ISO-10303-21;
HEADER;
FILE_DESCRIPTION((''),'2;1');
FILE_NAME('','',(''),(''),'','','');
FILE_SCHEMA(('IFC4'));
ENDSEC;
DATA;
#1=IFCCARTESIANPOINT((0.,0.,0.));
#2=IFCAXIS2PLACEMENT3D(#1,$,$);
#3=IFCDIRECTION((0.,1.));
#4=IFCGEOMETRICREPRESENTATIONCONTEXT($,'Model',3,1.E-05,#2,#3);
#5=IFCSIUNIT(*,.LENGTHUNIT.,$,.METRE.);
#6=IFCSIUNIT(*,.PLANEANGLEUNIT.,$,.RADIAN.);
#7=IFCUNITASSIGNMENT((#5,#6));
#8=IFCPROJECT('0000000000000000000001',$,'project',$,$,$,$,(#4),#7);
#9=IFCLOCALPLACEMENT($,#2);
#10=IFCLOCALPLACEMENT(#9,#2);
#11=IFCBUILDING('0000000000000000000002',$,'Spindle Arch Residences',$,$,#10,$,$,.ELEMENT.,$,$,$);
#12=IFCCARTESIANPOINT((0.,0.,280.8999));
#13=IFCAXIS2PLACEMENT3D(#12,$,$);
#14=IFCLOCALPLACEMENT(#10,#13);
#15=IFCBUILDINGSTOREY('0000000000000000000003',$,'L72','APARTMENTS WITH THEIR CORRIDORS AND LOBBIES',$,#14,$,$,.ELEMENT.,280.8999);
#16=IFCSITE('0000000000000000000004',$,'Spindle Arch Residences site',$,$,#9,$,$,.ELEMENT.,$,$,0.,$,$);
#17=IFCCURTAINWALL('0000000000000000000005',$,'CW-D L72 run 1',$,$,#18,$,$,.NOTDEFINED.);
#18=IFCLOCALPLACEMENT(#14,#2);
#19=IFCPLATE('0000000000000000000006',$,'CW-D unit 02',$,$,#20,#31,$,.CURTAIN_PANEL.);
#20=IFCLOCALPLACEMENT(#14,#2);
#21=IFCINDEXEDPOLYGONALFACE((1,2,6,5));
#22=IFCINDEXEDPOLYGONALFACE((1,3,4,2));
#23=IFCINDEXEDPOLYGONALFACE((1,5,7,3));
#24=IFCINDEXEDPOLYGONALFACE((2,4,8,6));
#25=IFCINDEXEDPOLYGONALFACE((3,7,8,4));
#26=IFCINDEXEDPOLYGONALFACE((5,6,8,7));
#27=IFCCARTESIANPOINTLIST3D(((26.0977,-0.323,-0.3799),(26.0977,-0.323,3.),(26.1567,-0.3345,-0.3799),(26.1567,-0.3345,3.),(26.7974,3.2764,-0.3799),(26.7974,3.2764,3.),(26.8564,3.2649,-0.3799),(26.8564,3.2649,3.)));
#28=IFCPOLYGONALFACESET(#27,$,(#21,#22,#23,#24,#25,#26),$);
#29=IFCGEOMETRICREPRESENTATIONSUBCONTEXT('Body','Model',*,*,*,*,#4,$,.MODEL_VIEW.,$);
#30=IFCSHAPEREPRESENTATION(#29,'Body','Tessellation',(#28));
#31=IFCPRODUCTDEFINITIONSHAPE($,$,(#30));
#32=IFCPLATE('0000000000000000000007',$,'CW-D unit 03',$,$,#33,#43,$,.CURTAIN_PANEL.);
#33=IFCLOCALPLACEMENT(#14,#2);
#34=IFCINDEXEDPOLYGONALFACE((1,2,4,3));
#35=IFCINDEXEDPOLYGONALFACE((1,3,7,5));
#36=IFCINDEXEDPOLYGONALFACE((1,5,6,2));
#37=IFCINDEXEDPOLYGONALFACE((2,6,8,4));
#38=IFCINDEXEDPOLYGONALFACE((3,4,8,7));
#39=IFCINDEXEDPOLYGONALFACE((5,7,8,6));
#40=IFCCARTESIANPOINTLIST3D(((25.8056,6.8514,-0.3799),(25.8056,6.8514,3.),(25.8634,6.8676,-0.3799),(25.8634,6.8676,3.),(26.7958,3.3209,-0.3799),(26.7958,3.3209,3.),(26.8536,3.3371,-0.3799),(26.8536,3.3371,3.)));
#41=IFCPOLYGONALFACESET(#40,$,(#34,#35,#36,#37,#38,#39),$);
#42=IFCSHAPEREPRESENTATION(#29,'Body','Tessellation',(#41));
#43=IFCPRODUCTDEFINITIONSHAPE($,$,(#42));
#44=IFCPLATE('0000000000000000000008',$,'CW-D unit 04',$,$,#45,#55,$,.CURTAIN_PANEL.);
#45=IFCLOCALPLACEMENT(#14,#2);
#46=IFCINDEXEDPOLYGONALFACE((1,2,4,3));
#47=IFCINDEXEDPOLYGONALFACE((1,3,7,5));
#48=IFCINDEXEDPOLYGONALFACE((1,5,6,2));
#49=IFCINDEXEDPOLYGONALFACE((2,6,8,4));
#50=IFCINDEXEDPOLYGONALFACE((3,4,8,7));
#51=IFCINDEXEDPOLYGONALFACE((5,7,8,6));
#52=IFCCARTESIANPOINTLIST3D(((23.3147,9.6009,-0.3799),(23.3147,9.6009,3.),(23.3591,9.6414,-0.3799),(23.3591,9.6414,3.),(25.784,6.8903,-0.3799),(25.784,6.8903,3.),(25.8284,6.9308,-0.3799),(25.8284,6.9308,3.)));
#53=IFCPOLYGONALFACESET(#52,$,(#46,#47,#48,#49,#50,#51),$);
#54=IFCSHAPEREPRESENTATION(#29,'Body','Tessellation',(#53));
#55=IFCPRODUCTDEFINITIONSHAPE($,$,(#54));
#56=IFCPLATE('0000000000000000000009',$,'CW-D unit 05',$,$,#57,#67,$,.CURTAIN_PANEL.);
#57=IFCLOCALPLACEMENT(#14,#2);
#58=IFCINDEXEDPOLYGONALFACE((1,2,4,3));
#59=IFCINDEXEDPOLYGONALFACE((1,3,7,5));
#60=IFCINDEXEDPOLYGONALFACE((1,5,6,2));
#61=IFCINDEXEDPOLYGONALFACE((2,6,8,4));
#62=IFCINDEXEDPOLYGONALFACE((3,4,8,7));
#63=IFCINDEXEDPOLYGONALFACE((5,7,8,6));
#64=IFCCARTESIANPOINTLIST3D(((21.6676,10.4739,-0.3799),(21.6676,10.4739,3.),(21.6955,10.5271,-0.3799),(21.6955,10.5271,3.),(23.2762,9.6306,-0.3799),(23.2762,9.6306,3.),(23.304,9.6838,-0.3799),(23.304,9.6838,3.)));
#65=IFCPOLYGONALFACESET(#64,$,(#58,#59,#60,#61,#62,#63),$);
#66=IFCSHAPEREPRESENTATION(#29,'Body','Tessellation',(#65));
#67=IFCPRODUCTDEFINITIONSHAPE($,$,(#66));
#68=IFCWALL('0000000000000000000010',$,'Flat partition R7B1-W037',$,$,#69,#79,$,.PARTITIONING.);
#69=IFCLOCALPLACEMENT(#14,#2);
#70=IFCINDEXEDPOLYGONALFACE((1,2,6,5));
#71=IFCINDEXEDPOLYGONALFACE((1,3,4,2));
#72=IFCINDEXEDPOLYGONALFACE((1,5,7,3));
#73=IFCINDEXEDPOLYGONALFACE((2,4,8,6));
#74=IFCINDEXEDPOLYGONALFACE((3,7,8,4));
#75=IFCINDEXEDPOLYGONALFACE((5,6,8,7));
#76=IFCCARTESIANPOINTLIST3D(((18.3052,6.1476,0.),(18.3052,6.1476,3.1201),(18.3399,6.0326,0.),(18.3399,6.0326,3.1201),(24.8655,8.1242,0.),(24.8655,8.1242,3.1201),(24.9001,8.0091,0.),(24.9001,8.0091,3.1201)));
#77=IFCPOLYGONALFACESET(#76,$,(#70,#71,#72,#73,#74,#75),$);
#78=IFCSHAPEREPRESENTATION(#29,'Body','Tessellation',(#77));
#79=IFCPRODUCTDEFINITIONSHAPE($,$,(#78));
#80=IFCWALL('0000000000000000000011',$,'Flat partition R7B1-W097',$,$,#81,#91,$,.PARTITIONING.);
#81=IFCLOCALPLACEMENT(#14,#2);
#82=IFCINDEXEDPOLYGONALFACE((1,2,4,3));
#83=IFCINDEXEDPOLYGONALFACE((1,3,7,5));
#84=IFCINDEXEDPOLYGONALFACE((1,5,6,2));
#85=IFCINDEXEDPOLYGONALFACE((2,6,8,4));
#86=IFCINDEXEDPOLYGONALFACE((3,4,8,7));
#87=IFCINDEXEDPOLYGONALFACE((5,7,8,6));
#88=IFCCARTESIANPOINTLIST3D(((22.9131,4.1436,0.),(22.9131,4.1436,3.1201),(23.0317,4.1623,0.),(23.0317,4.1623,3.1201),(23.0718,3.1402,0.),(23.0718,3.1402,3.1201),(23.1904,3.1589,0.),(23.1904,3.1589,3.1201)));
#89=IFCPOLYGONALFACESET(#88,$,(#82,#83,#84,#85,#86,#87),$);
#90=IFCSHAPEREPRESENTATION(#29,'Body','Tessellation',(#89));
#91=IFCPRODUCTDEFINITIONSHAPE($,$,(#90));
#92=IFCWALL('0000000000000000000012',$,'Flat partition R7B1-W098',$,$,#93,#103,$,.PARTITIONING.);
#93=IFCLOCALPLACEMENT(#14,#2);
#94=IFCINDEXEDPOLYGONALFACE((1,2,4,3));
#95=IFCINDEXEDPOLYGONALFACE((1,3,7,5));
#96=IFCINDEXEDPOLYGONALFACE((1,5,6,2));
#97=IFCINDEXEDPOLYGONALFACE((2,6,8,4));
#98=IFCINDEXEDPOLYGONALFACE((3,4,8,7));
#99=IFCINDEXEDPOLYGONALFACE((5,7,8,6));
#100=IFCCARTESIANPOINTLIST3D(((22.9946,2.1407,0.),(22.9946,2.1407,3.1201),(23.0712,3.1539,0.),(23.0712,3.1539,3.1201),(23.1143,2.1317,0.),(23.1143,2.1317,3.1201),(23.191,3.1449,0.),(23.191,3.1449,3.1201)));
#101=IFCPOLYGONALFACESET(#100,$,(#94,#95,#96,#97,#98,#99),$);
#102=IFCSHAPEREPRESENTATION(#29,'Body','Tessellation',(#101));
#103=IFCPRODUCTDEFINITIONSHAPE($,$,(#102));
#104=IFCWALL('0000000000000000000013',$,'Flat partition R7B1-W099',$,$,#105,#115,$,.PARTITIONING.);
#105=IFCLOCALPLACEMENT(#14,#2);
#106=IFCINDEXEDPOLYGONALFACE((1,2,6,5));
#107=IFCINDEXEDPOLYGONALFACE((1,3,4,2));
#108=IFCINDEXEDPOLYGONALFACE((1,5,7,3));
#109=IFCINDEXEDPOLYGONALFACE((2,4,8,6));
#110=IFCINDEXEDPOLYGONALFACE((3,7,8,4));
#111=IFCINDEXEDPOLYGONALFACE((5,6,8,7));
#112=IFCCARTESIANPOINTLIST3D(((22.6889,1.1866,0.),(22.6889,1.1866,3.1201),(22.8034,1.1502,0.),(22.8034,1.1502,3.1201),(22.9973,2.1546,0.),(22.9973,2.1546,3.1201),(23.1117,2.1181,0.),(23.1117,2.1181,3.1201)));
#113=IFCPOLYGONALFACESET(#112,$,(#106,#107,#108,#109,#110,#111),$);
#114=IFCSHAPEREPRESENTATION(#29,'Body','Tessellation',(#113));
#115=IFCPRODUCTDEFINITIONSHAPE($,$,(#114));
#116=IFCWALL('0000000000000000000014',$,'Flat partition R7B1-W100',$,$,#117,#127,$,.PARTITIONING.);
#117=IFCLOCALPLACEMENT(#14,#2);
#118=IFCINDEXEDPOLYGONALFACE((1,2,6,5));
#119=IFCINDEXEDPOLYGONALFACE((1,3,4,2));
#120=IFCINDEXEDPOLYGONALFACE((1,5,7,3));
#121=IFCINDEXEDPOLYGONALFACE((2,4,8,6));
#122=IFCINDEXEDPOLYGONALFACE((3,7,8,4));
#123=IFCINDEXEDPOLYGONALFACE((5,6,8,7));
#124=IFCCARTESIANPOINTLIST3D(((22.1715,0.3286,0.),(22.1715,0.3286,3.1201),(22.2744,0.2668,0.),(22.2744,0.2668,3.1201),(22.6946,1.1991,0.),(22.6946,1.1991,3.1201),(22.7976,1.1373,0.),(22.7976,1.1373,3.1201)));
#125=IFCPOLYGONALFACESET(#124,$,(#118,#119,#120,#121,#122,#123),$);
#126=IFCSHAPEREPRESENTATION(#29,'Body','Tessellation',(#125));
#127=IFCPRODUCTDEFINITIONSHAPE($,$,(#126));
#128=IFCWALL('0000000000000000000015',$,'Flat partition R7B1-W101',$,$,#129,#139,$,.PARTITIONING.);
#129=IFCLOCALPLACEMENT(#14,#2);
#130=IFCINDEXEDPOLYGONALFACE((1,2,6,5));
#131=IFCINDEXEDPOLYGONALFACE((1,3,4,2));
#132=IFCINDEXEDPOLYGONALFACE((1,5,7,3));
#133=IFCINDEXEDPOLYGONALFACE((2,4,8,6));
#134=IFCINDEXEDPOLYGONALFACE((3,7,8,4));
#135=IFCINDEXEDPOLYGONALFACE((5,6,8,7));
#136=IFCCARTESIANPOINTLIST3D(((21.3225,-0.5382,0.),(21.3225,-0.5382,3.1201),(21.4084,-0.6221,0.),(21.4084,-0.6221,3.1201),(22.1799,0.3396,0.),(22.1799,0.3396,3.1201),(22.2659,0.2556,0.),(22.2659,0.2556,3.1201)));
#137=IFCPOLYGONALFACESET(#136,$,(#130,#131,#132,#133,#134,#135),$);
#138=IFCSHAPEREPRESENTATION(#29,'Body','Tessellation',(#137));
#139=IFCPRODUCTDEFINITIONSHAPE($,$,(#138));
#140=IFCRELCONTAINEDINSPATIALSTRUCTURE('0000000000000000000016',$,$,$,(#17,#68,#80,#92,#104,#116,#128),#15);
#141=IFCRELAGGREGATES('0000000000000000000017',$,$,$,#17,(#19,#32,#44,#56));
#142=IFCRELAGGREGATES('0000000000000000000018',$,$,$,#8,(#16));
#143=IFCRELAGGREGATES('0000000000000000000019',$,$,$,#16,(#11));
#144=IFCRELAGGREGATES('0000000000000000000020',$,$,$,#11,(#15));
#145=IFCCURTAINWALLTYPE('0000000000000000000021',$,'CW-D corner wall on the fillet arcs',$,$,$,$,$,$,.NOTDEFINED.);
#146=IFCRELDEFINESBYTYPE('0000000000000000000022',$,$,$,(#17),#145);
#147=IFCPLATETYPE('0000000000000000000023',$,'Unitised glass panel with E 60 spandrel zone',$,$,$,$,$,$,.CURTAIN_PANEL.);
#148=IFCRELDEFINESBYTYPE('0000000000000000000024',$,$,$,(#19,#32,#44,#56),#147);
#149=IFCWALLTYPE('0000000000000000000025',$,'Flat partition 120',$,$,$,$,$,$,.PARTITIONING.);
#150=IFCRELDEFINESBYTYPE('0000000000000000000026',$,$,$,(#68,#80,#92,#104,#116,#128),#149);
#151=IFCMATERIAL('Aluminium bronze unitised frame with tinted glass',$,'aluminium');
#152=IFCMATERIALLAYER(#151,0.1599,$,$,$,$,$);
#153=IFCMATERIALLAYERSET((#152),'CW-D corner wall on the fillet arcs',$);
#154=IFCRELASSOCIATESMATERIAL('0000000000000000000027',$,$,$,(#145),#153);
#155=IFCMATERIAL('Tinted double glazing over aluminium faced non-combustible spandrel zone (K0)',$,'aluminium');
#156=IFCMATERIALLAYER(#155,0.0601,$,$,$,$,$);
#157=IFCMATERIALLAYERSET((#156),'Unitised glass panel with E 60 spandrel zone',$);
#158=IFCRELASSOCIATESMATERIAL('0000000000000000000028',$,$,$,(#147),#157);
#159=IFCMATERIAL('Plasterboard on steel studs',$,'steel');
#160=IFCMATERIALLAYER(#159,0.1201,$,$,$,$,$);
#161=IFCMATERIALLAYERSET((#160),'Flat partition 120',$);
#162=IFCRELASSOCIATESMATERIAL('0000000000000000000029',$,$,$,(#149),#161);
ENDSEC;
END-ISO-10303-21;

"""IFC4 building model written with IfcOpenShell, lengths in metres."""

from ifc_helpers import new_model, si_unit, direction, frame, frame_2d, origin, origin_2d, place, context, subcontext, project, spatial, rectangle, extrude, material, layer, layer_set, type_object, element, aggregate, save


model = new_model("IFC4")

# Units and contexts
model_context = context("Model", 3, precision=1e-05, world=origin(), true_north=direction((0.0, 1.0)))
body_context = subcontext(model_context, "Body", "Model", "MODEL_VIEW")
ifc_project = project(units=[si_unit("LENGTHUNIT", "METRE"), si_unit("PLANEANGLEUNIT", "RADIAN")], contexts=[model_context])

# Site, building, storey
site_placement = place(None, origin())
site = spatial("IfcSite", under=ifc_project, at=site_placement, Name="Spindle Arch Residences site", CompositionType="ELEMENT", RefElevation=0.0)
building_placement = place(site_placement, origin())
building = spatial("IfcBuilding", under=site, at=building_placement, Name="Spindle Arch Residences", CompositionType="ELEMENT")
storey_placement = place(building_placement, frame((0.0, 0.0, 280.8999)))
storey = spatial("IfcBuildingStorey", under=building, at=storey_placement, Name="L72", Description="APARTMENTS WITH THEIR CORRIDORS AND LOBBIES", CompositionType="ELEMENT", Elevation=280.8999)

# Curtain wall
ifc_material_1 = material(Name="Aluminium bronze unitised frame with tinted glass", Category="aluminium")
ifc_layer_1 = layer(ifc_material_1, 0.1599)
ifc_layer_set_1 = layer_set([ifc_layer_1], Name="CW-D corner wall on the fillet arcs")
curtain_wall_type = type_object("IfcCurtainWallType", Name="CW-D corner wall on the fillet arcs", PredefinedType="NOTDEFINED", material=ifc_layer_set_1)
curtain_wall_placement = place(storey_placement, origin())
curtain_wall = element("IfcCurtainWall", 1, at=curtain_wall_placement, inside=storey, type_object=curtain_wall_type, Name="CW-D L72 run 1", PredefinedType="NOTDEFINED")

# Plates
ifc_material_2 = material(Name="Tinted double glazing over aluminium faced non-combustible spandrel zone (K0)", Category="aluminium")
ifc_layer_2 = layer(ifc_material_2, 0.0601)
ifc_layer_set_2 = layer_set([ifc_layer_2], Name="Unitised glass panel with E 60 spandrel zone")
plate_type = type_object("IfcPlateType", Name="Unitised glass panel with E 60 spandrel zone", PredefinedType="CURTAIN_PANEL", material=ifc_layer_set_2)
plate_1_placement = place(storey_placement, frame((26.4771, 1.4709, -0.3799), z_axis=(0.0, 0.0, 1.0), x_axis=(0.190809, 0.981627, 0.0)))
plate_1 = element("IfcPlate", 2, at=plate_1_placement, type_object=plate_type, Name="CW-D unit 02", PredefinedType="CURTAIN_PANEL", context=body_context, shape_type="SweptSolid", body=[
    extrude(rectangle(XDim=3.6667, YDim=0.0601, at=origin_2d()), origin(), (0.0, 0.0, 1.0), 3.3799),
])
plate_2_placement = place(storey_placement, frame((26.3296, 5.0942, -0.3799), z_axis=(0.0, 0.0, 1.0), x_axis=(-0.27004, 0.962849, 0.0)))
plate_2 = element("IfcPlate", 3, at=plate_2_placement, type_object=plate_type, Name="CW-D unit 03", PredefinedType="CURTAIN_PANEL", context=body_context, shape_type="SweptSolid", body=[
    extrude(rectangle(XDim=3.6667, YDim=0.0601, at=origin_2d()), origin(), (0.0, 0.0, 1.0), 3.3799),
])
plate_3_placement = place(storey_placement, frame((24.5715, 8.2659, -0.3799), z_axis=(0.0, 0.0, 1.0), x_axis=(-0.673443, 0.739239, 0.0)))
plate_3 = element("IfcPlate", 4, at=plate_3_placement, type_object=plate_type, Name="CW-D unit 04", PredefinedType="CURTAIN_PANEL", context=body_context, shape_type="SweptSolid", body=[
    extrude(rectangle(XDim=3.6667, YDim=0.0601, at=origin_2d()), origin(), (0.0, 0.0, 1.0), 3.3799),
])
plate_4_placement = place(storey_placement, frame((22.4858, 10.0789, -0.3799), z_axis=(0.0, 0.0, 1.0), x_axis=(-0.885664, 0.464327, 0.0)))
plate_4 = element("IfcPlate", 5, at=plate_4_placement, type_object=plate_type, Name="CW-D unit 05", PredefinedType="CURTAIN_PANEL", context=body_context, shape_type="SweptSolid", body=[
    extrude(rectangle(XDim=1.8162, YDim=0.0601, at=origin_2d()), origin(), (0.0, 0.0, 1.0), 3.3799),
])
aggregate(curtain_wall, [plate_1, plate_2, plate_3, plate_4])

# Walls
ifc_material_3 = material(Name="Plasterboard on steel studs", Category="steel")
ifc_layer_3 = layer(ifc_material_3, 0.1201)
ifc_layer_set_3 = layer_set([ifc_layer_3], Name="Flat partition 120")
wall_type = type_object("IfcWallType", Name="Flat partition 120", PredefinedType="PARTITIONING", material=ifc_layer_set_3)
wall_1_placement = place(storey_placement, frame((24.8828, 8.0667, 0.0), z_axis=(0.0, 0.0, 1.0), x_axis=(-0.957485, -0.288482, 0.0)))
element("IfcWall", 6, at=wall_1_placement, inside=storey, type_object=wall_type, Name="Flat partition R7B1-W037", PredefinedType="PARTITIONING", context=body_context, shape_type="SweptSolid", body=[
    extrude(rectangle(XDim=6.8516, YDim=0.1201, at=frame_2d((3.4258, 0.0))), origin(), (0.0, 0.0, 1.0), 3.1201),
])
wall_2_placement = place(storey_placement, frame((22.9724, 4.1528, 0.0), z_axis=(0.0, 0.0, 1.0), x_axis=(0.156209, -0.987724, 0.0)))
element("IfcWall", 7, at=wall_2_placement, inside=storey, type_object=wall_type, Name="Flat partition R7B1-W097", PredefinedType="PARTITIONING", context=body_context, shape_type="SweptSolid", body=[
    extrude(rectangle(XDim=1.0159, YDim=0.1201, at=frame_2d((0.5078, 0.0))), origin(), (0.0, 0.0, 1.0), 3.1201),
])
wall_3_placement = place(storey_placement, frame((23.1311, 3.1494, 0.0), z_axis=(0.0, 0.0, 1.0), x_axis=(-0.075447, -0.99715, 0.0)))
element("IfcWall", 8, at=wall_3_placement, inside=storey, type_object=wall_type, Name="Flat partition R7B1-W098", PredefinedType="PARTITIONING", context=body_context, shape_type="SweptSolid", body=[
    extrude(rectangle(XDim=1.0161, YDim=0.1201, at=frame_2d((0.5081, 0.0))), origin(), (0.0, 0.0, 1.0), 3.1201),
])
wall_4_placement = place(storey_placement, frame((23.0544, 2.1362, 0.0), z_axis=(0.0, 0.0, 1.0), x_axis=(-0.303511, -0.952828, 0.0)))
element("IfcWall", 9, at=wall_4_placement, inside=storey, type_object=wall_type, Name="Flat partition R7B1-W099", PredefinedType="PARTITIONING", context=body_context, shape_type="SweptSolid", body=[
    extrude(rectangle(XDim=1.0159, YDim=0.1201, at=frame_2d((0.5078, 0.0))), origin(), (0.0, 0.0, 1.0), 3.1201),
])
wall_5_placement = place(storey_placement, frame((22.7461, 1.1682, 0.0), z_axis=(0.0, 0.0, 1.0), x_axis=(-0.515097, -0.857132, 0.0)))
element("IfcWall", 10, at=wall_5_placement, inside=storey, type_object=wall_type, Name="Flat partition R7B1-W100", PredefinedType="PARTITIONING", context=body_context, shape_type="SweptSolid", body=[
    extrude(rectangle(XDim=1.0156, YDim=0.1201, at=frame_2d((0.5078, 0.0))), origin(), (0.0, 0.0, 1.0), 3.1201),
])
wall_6_placement = place(storey_placement, frame((22.2229, 0.2976, 0.0), z_axis=(0.0, 0.0, 1.0), x_axis=(-0.698801, -0.715316, 0.0)))
element("IfcWall", 11, at=wall_6_placement, inside=storey, type_object=wall_type, Name="Flat partition R7B1-W101", PredefinedType="PARTITIONING", context=body_context, shape_type="SweptSolid", body=[
    extrude(rectangle(XDim=1.2271, YDim=0.1201, at=frame_2d((0.6135, 0.0))), origin(), (0.0, 0.0, 1.0), 3.1201),
])

save(model, "model.ifc")
